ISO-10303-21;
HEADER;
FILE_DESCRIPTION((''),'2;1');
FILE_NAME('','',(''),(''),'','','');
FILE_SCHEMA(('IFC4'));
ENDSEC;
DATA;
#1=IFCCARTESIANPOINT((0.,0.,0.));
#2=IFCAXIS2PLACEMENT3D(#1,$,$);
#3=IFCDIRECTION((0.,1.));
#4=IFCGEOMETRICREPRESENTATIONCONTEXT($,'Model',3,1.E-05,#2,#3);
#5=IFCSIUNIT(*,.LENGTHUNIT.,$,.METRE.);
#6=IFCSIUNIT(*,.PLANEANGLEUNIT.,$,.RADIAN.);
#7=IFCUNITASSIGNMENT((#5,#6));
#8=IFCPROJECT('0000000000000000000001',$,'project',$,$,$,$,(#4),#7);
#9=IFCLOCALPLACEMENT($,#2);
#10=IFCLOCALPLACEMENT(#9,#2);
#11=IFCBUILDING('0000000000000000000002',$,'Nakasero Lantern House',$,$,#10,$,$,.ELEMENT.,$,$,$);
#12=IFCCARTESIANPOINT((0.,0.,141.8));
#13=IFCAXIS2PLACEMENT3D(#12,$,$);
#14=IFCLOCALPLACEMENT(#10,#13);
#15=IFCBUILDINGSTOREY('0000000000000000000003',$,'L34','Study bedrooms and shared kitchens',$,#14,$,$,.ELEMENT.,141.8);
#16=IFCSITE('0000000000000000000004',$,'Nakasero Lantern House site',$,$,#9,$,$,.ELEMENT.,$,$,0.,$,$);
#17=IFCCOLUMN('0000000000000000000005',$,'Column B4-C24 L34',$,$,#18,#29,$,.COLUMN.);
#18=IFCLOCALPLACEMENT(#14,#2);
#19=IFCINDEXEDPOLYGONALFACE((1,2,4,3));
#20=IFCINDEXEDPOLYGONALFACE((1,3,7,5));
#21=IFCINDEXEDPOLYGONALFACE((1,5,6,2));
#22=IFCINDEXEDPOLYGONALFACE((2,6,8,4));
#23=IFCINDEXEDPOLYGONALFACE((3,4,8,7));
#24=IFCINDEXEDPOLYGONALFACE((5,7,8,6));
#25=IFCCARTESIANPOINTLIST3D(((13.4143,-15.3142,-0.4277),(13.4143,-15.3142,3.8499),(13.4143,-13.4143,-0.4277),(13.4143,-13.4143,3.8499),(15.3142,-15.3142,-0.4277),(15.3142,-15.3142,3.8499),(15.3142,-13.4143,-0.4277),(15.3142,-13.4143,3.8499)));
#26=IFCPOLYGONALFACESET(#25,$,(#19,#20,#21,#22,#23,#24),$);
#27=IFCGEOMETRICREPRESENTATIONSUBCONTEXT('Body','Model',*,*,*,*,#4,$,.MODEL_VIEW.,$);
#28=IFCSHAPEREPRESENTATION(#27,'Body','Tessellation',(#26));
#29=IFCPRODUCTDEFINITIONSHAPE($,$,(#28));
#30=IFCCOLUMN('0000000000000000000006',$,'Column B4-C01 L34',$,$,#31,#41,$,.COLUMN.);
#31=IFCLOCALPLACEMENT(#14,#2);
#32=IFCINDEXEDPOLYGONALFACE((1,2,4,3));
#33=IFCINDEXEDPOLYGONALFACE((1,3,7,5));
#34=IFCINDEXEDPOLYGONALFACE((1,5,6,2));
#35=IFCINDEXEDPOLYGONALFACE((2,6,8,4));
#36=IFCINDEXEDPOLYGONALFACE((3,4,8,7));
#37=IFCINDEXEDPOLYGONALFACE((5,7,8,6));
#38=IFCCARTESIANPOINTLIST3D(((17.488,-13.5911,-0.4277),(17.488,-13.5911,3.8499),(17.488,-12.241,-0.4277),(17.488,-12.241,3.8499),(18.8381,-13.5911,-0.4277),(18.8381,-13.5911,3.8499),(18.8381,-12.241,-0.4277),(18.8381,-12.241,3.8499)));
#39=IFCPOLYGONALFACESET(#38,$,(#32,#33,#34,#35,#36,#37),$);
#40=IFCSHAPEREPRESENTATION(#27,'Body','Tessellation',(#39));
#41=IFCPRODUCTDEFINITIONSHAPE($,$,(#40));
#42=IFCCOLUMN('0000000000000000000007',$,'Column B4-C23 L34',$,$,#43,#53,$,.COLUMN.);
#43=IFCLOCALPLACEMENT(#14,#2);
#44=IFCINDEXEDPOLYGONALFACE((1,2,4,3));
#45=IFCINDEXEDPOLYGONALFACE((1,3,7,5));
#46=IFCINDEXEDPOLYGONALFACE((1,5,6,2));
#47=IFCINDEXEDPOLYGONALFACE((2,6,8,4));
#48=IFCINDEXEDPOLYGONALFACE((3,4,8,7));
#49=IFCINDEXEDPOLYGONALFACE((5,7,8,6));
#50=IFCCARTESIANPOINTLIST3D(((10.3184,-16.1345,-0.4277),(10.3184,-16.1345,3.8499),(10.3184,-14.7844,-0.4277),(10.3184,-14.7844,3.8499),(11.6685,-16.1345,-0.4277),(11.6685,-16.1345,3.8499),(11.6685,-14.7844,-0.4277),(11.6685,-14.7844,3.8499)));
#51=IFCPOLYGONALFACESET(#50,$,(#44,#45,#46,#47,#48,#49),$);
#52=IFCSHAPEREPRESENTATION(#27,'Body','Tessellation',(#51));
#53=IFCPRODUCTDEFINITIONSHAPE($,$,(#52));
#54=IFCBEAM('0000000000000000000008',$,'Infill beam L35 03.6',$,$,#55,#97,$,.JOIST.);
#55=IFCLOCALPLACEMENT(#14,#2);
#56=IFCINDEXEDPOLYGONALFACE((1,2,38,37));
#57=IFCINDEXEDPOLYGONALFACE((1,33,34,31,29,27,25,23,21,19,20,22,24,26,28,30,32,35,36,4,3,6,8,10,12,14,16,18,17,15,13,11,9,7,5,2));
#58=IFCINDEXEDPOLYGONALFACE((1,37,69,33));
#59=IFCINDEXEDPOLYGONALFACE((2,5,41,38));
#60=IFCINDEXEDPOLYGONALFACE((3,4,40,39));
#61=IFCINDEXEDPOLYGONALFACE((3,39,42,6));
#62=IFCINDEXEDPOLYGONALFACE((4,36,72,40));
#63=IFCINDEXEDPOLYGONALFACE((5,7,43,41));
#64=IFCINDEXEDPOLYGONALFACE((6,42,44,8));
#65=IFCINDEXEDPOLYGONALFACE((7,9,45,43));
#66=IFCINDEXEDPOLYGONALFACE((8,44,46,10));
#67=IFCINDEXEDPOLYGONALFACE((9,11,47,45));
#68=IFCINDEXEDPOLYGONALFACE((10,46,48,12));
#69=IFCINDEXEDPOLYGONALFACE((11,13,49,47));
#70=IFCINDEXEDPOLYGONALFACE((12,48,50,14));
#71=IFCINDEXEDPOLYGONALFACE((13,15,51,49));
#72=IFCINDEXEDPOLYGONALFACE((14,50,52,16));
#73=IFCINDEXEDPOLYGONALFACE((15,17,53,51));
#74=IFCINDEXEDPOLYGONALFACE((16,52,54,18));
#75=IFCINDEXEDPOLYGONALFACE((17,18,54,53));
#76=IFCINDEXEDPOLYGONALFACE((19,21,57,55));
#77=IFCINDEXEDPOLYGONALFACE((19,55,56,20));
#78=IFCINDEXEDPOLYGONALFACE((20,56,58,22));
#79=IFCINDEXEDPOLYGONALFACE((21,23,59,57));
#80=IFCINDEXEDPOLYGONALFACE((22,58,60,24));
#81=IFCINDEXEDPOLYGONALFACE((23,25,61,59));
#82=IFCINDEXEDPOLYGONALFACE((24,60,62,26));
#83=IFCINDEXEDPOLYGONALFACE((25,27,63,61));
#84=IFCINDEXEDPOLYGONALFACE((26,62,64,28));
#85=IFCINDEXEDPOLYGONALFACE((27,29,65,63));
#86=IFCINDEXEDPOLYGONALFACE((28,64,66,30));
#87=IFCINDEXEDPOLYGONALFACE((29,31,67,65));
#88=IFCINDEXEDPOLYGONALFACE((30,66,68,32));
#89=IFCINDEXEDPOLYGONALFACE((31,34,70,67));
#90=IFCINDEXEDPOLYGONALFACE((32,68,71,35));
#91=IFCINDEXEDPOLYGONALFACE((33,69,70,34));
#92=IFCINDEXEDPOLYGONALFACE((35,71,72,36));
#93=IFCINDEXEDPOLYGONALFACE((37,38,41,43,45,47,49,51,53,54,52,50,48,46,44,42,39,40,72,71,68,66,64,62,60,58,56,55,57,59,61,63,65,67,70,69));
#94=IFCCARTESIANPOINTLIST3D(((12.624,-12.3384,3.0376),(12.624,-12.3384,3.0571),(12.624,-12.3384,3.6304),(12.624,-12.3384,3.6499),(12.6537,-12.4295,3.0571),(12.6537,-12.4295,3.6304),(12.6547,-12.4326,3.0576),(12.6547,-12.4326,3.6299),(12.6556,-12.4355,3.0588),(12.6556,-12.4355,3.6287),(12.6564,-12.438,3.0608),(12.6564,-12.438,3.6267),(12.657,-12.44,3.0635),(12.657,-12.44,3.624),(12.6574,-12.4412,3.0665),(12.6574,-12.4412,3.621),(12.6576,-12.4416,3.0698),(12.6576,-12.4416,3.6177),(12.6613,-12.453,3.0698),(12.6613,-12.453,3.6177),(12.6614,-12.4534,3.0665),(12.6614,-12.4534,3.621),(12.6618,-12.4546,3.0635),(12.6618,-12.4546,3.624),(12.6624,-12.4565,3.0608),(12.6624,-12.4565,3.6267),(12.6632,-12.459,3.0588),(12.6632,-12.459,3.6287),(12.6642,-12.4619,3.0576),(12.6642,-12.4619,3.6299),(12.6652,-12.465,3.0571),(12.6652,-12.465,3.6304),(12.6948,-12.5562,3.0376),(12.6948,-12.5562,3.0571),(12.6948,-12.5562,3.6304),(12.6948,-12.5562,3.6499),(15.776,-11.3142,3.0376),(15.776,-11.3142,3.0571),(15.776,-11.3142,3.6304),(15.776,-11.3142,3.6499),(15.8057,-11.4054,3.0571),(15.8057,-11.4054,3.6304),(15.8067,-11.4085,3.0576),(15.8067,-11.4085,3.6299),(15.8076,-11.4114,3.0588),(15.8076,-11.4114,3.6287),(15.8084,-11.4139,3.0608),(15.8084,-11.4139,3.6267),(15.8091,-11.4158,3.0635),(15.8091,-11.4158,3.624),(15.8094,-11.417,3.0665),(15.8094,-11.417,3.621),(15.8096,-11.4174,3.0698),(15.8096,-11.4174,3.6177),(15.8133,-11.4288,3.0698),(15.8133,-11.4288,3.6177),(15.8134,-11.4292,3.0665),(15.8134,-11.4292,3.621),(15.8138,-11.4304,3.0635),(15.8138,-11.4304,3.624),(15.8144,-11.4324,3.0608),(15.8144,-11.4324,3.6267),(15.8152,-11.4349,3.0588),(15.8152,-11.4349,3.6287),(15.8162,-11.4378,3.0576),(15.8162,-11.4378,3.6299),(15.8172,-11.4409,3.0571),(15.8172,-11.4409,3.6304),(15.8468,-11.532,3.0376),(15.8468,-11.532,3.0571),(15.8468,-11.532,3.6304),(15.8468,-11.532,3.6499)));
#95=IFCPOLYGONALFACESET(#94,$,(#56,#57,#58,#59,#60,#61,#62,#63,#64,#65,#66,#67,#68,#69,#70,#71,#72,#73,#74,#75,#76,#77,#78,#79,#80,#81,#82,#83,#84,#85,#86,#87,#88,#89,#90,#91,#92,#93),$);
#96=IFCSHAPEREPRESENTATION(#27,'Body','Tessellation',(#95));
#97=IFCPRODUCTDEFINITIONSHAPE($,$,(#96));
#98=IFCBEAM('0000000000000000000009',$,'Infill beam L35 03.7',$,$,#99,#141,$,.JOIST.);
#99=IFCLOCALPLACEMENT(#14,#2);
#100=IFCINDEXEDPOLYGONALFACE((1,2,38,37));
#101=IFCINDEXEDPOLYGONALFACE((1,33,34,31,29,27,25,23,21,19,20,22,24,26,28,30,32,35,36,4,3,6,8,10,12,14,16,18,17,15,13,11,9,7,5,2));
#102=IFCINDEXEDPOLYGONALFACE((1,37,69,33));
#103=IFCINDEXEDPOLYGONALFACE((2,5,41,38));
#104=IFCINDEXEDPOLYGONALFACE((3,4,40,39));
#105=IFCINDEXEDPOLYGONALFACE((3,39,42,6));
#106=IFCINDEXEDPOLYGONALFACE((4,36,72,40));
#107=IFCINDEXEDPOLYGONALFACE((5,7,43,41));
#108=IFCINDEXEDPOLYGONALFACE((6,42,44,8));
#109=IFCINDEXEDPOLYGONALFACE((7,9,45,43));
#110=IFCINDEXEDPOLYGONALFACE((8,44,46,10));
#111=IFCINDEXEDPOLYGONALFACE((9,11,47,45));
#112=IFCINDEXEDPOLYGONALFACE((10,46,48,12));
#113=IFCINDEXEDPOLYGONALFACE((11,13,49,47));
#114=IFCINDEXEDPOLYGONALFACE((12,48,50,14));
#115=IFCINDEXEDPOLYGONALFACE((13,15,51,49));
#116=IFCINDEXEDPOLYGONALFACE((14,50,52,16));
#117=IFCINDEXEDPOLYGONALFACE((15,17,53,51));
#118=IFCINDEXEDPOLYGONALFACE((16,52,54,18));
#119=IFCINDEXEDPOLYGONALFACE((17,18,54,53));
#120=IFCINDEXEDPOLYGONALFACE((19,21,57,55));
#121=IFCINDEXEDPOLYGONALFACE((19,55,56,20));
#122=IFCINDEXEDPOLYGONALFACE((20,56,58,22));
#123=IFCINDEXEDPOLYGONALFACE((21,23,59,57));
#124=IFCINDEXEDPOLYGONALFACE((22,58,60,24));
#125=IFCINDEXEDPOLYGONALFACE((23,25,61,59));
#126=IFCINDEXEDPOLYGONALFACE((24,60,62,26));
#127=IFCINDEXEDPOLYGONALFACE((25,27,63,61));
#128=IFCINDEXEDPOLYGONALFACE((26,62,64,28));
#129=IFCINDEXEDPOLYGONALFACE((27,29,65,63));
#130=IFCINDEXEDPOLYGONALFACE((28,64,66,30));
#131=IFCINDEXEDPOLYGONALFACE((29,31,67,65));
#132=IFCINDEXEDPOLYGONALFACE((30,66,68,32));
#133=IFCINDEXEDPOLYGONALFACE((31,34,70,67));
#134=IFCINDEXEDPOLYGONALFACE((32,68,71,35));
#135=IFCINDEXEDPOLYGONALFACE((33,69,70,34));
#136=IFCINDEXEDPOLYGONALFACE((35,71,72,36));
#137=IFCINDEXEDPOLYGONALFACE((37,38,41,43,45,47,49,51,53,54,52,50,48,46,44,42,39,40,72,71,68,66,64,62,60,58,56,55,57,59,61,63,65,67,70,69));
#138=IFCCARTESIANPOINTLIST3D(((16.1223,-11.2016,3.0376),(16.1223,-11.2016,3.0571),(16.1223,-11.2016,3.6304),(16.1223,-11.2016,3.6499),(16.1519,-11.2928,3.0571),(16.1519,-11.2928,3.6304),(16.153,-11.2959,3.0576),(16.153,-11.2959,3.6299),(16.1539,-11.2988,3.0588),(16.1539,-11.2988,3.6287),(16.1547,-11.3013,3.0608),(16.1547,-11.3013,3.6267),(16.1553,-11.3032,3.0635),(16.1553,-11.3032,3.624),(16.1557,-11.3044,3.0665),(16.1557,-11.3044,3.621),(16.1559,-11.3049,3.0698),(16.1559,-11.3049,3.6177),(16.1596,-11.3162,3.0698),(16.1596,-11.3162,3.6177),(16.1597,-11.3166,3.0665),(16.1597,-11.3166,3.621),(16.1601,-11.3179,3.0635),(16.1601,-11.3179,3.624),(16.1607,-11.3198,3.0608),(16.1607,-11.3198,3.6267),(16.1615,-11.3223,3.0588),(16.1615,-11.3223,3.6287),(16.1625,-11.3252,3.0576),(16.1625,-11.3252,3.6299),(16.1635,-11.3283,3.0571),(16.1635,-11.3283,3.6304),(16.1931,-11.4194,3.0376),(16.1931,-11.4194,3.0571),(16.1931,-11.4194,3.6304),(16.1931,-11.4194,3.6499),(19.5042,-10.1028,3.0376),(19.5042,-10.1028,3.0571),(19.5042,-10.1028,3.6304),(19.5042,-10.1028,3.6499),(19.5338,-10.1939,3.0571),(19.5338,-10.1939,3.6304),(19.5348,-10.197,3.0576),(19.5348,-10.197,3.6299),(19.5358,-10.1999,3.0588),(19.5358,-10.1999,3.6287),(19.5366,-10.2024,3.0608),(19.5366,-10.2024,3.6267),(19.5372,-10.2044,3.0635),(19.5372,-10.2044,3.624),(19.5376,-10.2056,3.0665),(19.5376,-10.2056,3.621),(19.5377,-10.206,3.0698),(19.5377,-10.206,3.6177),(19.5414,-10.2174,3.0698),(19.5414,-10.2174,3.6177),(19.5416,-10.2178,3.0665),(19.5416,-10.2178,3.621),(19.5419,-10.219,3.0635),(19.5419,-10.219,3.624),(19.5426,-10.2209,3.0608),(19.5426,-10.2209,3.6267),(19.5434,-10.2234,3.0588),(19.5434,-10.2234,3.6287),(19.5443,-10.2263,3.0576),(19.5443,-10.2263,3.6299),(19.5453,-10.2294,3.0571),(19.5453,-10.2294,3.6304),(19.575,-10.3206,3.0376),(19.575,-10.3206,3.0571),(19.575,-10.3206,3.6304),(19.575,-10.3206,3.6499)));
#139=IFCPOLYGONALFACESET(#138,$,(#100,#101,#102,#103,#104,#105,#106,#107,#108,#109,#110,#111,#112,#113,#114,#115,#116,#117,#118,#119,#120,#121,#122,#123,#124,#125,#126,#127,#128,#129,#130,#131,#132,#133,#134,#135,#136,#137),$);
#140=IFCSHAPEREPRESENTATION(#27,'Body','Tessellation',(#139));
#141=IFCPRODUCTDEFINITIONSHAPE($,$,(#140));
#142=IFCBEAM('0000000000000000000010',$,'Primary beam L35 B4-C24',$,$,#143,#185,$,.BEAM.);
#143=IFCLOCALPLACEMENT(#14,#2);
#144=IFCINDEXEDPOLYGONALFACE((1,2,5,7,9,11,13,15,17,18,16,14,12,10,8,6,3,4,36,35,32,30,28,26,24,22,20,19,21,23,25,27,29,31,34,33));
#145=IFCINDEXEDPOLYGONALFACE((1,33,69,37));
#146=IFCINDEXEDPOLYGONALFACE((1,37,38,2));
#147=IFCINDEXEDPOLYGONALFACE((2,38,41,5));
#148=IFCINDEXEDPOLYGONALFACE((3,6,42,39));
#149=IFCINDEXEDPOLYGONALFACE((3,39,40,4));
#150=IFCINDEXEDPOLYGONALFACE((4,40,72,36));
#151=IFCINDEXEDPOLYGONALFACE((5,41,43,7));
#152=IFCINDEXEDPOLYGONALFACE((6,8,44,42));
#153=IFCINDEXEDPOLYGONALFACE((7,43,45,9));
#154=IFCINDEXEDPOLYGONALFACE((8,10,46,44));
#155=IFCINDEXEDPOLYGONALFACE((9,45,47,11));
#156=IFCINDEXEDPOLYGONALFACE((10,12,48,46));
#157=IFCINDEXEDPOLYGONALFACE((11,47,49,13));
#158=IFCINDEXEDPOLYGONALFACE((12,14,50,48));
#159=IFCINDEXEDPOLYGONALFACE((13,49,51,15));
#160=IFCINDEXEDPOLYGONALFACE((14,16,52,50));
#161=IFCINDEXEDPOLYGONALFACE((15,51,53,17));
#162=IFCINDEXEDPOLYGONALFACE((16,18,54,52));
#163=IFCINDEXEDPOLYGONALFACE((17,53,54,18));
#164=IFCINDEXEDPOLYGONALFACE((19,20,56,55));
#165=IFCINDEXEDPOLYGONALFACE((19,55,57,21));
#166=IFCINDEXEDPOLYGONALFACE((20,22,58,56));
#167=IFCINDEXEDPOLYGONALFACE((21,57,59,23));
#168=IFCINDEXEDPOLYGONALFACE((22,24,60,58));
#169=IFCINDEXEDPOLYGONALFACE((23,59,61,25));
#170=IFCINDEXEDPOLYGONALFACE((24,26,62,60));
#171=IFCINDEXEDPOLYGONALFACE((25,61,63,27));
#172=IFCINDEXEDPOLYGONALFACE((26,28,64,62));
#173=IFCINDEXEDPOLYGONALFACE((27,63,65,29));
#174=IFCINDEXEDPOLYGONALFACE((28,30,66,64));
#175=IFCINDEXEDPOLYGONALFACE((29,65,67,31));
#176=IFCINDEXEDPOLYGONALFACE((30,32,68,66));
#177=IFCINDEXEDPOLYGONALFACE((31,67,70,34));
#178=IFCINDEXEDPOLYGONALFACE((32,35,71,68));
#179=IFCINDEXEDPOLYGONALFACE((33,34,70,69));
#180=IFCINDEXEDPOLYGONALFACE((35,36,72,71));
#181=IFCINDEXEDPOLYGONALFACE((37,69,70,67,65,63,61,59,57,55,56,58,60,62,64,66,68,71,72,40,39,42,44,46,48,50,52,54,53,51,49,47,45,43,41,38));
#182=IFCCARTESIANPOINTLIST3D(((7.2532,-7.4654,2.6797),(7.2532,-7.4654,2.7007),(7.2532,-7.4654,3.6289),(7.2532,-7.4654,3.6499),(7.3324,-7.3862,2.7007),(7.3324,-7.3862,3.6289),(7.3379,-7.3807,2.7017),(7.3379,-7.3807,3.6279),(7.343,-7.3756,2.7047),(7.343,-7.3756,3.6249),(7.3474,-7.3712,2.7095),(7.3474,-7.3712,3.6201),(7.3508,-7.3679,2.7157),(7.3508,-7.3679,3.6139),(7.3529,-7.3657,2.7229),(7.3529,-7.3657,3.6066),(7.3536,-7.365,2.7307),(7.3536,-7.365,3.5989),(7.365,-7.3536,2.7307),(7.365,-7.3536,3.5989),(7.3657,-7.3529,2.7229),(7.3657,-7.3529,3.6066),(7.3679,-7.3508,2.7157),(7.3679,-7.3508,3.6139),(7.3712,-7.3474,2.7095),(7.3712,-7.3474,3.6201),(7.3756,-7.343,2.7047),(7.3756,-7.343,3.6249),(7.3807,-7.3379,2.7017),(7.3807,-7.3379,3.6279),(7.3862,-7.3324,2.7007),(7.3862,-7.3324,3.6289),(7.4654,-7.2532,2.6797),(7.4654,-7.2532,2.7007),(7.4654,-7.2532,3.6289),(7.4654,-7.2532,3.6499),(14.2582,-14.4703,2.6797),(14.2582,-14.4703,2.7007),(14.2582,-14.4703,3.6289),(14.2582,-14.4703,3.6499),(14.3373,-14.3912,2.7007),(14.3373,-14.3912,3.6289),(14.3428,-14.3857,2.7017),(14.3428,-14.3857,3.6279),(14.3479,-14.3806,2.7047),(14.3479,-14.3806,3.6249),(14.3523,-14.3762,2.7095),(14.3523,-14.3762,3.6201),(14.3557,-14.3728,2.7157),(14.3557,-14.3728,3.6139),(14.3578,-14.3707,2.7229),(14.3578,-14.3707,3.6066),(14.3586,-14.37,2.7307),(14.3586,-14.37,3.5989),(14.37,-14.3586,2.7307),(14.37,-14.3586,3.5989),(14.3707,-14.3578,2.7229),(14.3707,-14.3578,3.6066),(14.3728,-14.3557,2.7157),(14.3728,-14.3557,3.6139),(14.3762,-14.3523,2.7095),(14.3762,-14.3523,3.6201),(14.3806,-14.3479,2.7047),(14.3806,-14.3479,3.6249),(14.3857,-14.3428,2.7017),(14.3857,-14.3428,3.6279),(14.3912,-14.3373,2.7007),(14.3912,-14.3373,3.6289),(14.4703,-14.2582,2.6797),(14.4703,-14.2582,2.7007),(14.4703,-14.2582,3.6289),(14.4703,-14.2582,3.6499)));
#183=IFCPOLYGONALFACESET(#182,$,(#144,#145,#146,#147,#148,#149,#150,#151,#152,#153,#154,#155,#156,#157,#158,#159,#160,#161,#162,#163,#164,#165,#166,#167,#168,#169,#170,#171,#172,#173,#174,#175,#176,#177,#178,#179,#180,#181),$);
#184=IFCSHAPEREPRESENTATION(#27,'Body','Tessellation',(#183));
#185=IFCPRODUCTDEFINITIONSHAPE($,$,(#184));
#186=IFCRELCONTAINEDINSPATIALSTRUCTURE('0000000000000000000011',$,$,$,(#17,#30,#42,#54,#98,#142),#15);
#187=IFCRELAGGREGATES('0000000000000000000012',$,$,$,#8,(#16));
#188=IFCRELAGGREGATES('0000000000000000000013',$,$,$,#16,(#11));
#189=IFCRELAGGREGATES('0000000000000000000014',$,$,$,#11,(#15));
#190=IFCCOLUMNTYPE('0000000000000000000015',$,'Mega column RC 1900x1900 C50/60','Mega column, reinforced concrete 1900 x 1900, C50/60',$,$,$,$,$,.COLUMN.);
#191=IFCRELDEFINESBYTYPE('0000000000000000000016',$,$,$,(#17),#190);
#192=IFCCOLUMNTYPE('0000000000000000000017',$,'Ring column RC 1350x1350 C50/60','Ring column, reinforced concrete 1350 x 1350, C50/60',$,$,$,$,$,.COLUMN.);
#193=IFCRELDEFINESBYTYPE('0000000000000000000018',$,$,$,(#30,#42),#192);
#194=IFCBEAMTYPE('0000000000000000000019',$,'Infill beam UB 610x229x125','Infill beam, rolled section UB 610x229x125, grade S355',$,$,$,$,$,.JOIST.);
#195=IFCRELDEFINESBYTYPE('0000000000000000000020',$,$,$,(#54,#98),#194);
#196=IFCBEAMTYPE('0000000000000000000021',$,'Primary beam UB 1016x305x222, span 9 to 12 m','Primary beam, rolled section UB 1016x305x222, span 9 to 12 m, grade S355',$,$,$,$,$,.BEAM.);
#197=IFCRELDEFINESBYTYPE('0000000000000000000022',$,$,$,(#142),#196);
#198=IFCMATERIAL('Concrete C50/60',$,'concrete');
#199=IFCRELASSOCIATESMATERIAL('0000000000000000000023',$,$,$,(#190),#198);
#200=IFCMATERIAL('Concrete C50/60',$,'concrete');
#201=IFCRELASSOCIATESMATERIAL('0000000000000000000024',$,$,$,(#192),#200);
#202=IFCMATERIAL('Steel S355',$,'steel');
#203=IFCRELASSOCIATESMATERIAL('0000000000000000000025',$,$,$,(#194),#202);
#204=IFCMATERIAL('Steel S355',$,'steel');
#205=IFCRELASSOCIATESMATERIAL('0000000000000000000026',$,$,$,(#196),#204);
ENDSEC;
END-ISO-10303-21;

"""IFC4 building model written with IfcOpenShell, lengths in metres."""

from ifc_helpers import new_model, si_unit, direction, frame, origin, origin_2d, place, context, subcontext, project, spatial, rectangle, i_section, extrude, material, material_profile, profile_set, type_object, element, save


model = new_model("IFC4")

# Units and contexts
model_context = context("Model", 3, precision=1e-05, world=origin(), true_north=direction((0.0, 1.0)))
body_context = subcontext(model_context, "Body", "Model", "MODEL_VIEW")
ifc_project = project(units=[si_unit("LENGTHUNIT", "METRE"), si_unit("PLANEANGLEUNIT", "RADIAN")], contexts=[model_context])

# Site, building, storey
site_placement = place(None, origin())
site = spatial("IfcSite", under=ifc_project, at=site_placement, Name="Nakasero Lantern House site", CompositionType="ELEMENT", RefElevation=0.0)
building_placement = place(site_placement, origin())
building = spatial("IfcBuilding", under=site, at=building_placement, Name="Nakasero Lantern House", CompositionType="ELEMENT")
storey_placement = place(building_placement, frame((0.0, 0.0, 141.8)))
storey = spatial("IfcBuildingStorey", under=building, at=storey_placement, Name="L34", Description="Study bedrooms and shared kitchens", CompositionType="ELEMENT", Elevation=141.8)

# Columns
ifc_material_1 = material(Name="Concrete C50/60", Category="concrete")
ifc_material_profile_1 = material_profile(ifc_material_1, rectangle(XDim=1.8999, YDim=1.8999, at=origin_2d()), Name="RC 1900x1900")
ifc_profile_set_1 = profile_set([ifc_material_profile_1], Name="Concrete C50/60")
column_type_1 = type_object("IfcColumnType", Name="Mega column RC 1900x1900 C50/60", Description="Mega column, reinforced concrete 1900 x 1900, C50/60", PredefinedType="COLUMN", material=ifc_profile_set_1)
column_placement = place(storey_placement, frame((14.3643, -14.3643, -0.4277), z_axis=(0.0, 0.0, 1.0), x_axis=(1.0, 0.0, 0.0)))
element("IfcColumn", 1, at=column_placement, inside=storey, type_object=column_type_1, Name="Column B4-C24 L34", PredefinedType="COLUMN", context=body_context, shape_type="SweptSolid", body=[
    extrude(rectangle(XDim=1.8999, YDim=1.8999, at=origin_2d()), origin(), (0.0, 0.0, 1.0), 4.2776),
])
ifc_material_2 = material(Name="Concrete C50/60", Category="concrete")
ifc_material_profile_2 = material_profile(ifc_material_2, rectangle(XDim=1.3501, YDim=1.3501, at=origin_2d()), Name="RC 1350x1350")
ifc_profile_set_2 = profile_set([ifc_material_profile_2], Name="Concrete C50/60")
column_type_2 = type_object("IfcColumnType", Name="Ring column RC 1350x1350 C50/60", Description="Ring column, reinforced concrete 1350 x 1350, C50/60", PredefinedType="COLUMN", material=ifc_profile_set_2)
for number, where, z_axis, x_axis, name in (
    (2, (18.1631, -12.916, -0.4277), (0.0, 0.0, 1.0), (1.0, 0.0, 0.0), "Column B4-C01 L34"),
    (3, (10.9934, -15.4595, -0.4277), (0.0, 0.0, 1.0), (1.0, 0.0, 0.0), "Column B4-C23 L34"),
):
    element("IfcColumn", number, at=place(storey_placement, frame(where, z_axis=z_axis, x_axis=x_axis)), inside=storey, type_object=column_type_2, Name=name, PredefinedType="COLUMN", context=body_context, shape_type="SweptSolid", body=[
        extrude(rectangle(XDim=1.3501, YDim=1.3501, at=origin_2d()), origin(), (0.0, 0.0, 1.0), 4.2776),
    ])

# Beams
ifc_material_3 = material(Name="Steel S355", Category="steel")
ifc_material_profile_3 = material_profile(ifc_material_3, i_section(OverallWidth=0.229, OverallDepth=0.6123, WebThickness=0.012, FlangeThickness=0.0195, FilletRadius=0.0127, at=origin_2d()), Name="UB 610x229x125")
ifc_profile_set_3 = profile_set([ifc_material_profile_3], Name="Steel S355")
beam_type_1 = type_object("IfcBeamType", Name="Infill beam UB 610x229x125", Description="Infill beam, rolled section UB 610x229x125, grade S355", PredefinedType="JOIST", material=ifc_profile_set_3)
beam_1_placement = place(storey_placement, frame((12.6594, -12.4473, 3.3438), z_axis=(0.951057, 0.309014, 0.0), x_axis=(-0.309014, 0.951057, 0.0)))
element("IfcBeam", 4, at=beam_1_placement, inside=storey, type_object=beam_type_1, Name="Infill beam L35 03.6", PredefinedType="JOIST", context=body_context, shape_type="SweptSolid", body=[
    extrude(i_section(OverallWidth=0.229, OverallDepth=0.6123, WebThickness=0.012, FlangeThickness=0.0195, FilletRadius=0.0127, at=origin_2d()), origin(), (0.0, 0.0, 1.0), 3.3142),
])
beam_2_placement = place(storey_placement, frame((16.1577, -11.3105, 3.3438), z_axis=(0.951052, 0.30903, 0.0), x_axis=(-0.30903, 0.951052, 0.0)))
element("IfcBeam", 5, at=beam_2_placement, inside=storey, type_object=beam_type_1, Name="Infill beam L35 03.7", PredefinedType="JOIST", context=body_context, shape_type="SweptSolid", body=[
    extrude(i_section(OverallWidth=0.229, OverallDepth=0.6123, WebThickness=0.012, FlangeThickness=0.0195, FilletRadius=0.0127, at=origin_2d()), origin(), (0.0, 0.0, 1.0), 3.5559),
])
ifc_material_4 = material(Name="Steel S355", Category="steel")
ifc_material_profile_4 = material_profile(ifc_material_4, i_section(OverallWidth=0.3, OverallDepth=0.9702, WebThickness=0.0161, FlangeThickness=0.021, FilletRadius=0.03, at=origin_2d()), Name="UB 1016x305x222")
ifc_profile_set_4 = profile_set([ifc_material_profile_4], Name="Steel S355")
beam_type_2 = type_object("IfcBeamType", Name="Primary beam UB 1016x305x222, span 9 to 12 m", Description="Primary beam, rolled section UB 1016x305x222, span 9 to 12 m, grade S355", PredefinedType="BEAM", material=ifc_profile_set_4)
beam_3_placement = place(storey_placement, frame((14.3643, -14.3643, 3.1648), z_axis=(-0.707107, 0.707107, 0.0), x_axis=(-0.707107, -0.707107, 0.0)))
element("IfcBeam", 6, at=beam_3_placement, inside=storey, type_object=beam_type_2, Name="Primary beam L35 B4-C24", PredefinedType="BEAM", context=body_context, shape_type="SweptSolid", body=[
    extrude(i_section(OverallWidth=0.3, OverallDepth=0.9702, WebThickness=0.0161, FlangeThickness=0.021, FilletRadius=0.03, at=origin_2d()), origin(), (0.0, 0.0, 1.0), 9.9065),
])

save(model, "model.ifc")
